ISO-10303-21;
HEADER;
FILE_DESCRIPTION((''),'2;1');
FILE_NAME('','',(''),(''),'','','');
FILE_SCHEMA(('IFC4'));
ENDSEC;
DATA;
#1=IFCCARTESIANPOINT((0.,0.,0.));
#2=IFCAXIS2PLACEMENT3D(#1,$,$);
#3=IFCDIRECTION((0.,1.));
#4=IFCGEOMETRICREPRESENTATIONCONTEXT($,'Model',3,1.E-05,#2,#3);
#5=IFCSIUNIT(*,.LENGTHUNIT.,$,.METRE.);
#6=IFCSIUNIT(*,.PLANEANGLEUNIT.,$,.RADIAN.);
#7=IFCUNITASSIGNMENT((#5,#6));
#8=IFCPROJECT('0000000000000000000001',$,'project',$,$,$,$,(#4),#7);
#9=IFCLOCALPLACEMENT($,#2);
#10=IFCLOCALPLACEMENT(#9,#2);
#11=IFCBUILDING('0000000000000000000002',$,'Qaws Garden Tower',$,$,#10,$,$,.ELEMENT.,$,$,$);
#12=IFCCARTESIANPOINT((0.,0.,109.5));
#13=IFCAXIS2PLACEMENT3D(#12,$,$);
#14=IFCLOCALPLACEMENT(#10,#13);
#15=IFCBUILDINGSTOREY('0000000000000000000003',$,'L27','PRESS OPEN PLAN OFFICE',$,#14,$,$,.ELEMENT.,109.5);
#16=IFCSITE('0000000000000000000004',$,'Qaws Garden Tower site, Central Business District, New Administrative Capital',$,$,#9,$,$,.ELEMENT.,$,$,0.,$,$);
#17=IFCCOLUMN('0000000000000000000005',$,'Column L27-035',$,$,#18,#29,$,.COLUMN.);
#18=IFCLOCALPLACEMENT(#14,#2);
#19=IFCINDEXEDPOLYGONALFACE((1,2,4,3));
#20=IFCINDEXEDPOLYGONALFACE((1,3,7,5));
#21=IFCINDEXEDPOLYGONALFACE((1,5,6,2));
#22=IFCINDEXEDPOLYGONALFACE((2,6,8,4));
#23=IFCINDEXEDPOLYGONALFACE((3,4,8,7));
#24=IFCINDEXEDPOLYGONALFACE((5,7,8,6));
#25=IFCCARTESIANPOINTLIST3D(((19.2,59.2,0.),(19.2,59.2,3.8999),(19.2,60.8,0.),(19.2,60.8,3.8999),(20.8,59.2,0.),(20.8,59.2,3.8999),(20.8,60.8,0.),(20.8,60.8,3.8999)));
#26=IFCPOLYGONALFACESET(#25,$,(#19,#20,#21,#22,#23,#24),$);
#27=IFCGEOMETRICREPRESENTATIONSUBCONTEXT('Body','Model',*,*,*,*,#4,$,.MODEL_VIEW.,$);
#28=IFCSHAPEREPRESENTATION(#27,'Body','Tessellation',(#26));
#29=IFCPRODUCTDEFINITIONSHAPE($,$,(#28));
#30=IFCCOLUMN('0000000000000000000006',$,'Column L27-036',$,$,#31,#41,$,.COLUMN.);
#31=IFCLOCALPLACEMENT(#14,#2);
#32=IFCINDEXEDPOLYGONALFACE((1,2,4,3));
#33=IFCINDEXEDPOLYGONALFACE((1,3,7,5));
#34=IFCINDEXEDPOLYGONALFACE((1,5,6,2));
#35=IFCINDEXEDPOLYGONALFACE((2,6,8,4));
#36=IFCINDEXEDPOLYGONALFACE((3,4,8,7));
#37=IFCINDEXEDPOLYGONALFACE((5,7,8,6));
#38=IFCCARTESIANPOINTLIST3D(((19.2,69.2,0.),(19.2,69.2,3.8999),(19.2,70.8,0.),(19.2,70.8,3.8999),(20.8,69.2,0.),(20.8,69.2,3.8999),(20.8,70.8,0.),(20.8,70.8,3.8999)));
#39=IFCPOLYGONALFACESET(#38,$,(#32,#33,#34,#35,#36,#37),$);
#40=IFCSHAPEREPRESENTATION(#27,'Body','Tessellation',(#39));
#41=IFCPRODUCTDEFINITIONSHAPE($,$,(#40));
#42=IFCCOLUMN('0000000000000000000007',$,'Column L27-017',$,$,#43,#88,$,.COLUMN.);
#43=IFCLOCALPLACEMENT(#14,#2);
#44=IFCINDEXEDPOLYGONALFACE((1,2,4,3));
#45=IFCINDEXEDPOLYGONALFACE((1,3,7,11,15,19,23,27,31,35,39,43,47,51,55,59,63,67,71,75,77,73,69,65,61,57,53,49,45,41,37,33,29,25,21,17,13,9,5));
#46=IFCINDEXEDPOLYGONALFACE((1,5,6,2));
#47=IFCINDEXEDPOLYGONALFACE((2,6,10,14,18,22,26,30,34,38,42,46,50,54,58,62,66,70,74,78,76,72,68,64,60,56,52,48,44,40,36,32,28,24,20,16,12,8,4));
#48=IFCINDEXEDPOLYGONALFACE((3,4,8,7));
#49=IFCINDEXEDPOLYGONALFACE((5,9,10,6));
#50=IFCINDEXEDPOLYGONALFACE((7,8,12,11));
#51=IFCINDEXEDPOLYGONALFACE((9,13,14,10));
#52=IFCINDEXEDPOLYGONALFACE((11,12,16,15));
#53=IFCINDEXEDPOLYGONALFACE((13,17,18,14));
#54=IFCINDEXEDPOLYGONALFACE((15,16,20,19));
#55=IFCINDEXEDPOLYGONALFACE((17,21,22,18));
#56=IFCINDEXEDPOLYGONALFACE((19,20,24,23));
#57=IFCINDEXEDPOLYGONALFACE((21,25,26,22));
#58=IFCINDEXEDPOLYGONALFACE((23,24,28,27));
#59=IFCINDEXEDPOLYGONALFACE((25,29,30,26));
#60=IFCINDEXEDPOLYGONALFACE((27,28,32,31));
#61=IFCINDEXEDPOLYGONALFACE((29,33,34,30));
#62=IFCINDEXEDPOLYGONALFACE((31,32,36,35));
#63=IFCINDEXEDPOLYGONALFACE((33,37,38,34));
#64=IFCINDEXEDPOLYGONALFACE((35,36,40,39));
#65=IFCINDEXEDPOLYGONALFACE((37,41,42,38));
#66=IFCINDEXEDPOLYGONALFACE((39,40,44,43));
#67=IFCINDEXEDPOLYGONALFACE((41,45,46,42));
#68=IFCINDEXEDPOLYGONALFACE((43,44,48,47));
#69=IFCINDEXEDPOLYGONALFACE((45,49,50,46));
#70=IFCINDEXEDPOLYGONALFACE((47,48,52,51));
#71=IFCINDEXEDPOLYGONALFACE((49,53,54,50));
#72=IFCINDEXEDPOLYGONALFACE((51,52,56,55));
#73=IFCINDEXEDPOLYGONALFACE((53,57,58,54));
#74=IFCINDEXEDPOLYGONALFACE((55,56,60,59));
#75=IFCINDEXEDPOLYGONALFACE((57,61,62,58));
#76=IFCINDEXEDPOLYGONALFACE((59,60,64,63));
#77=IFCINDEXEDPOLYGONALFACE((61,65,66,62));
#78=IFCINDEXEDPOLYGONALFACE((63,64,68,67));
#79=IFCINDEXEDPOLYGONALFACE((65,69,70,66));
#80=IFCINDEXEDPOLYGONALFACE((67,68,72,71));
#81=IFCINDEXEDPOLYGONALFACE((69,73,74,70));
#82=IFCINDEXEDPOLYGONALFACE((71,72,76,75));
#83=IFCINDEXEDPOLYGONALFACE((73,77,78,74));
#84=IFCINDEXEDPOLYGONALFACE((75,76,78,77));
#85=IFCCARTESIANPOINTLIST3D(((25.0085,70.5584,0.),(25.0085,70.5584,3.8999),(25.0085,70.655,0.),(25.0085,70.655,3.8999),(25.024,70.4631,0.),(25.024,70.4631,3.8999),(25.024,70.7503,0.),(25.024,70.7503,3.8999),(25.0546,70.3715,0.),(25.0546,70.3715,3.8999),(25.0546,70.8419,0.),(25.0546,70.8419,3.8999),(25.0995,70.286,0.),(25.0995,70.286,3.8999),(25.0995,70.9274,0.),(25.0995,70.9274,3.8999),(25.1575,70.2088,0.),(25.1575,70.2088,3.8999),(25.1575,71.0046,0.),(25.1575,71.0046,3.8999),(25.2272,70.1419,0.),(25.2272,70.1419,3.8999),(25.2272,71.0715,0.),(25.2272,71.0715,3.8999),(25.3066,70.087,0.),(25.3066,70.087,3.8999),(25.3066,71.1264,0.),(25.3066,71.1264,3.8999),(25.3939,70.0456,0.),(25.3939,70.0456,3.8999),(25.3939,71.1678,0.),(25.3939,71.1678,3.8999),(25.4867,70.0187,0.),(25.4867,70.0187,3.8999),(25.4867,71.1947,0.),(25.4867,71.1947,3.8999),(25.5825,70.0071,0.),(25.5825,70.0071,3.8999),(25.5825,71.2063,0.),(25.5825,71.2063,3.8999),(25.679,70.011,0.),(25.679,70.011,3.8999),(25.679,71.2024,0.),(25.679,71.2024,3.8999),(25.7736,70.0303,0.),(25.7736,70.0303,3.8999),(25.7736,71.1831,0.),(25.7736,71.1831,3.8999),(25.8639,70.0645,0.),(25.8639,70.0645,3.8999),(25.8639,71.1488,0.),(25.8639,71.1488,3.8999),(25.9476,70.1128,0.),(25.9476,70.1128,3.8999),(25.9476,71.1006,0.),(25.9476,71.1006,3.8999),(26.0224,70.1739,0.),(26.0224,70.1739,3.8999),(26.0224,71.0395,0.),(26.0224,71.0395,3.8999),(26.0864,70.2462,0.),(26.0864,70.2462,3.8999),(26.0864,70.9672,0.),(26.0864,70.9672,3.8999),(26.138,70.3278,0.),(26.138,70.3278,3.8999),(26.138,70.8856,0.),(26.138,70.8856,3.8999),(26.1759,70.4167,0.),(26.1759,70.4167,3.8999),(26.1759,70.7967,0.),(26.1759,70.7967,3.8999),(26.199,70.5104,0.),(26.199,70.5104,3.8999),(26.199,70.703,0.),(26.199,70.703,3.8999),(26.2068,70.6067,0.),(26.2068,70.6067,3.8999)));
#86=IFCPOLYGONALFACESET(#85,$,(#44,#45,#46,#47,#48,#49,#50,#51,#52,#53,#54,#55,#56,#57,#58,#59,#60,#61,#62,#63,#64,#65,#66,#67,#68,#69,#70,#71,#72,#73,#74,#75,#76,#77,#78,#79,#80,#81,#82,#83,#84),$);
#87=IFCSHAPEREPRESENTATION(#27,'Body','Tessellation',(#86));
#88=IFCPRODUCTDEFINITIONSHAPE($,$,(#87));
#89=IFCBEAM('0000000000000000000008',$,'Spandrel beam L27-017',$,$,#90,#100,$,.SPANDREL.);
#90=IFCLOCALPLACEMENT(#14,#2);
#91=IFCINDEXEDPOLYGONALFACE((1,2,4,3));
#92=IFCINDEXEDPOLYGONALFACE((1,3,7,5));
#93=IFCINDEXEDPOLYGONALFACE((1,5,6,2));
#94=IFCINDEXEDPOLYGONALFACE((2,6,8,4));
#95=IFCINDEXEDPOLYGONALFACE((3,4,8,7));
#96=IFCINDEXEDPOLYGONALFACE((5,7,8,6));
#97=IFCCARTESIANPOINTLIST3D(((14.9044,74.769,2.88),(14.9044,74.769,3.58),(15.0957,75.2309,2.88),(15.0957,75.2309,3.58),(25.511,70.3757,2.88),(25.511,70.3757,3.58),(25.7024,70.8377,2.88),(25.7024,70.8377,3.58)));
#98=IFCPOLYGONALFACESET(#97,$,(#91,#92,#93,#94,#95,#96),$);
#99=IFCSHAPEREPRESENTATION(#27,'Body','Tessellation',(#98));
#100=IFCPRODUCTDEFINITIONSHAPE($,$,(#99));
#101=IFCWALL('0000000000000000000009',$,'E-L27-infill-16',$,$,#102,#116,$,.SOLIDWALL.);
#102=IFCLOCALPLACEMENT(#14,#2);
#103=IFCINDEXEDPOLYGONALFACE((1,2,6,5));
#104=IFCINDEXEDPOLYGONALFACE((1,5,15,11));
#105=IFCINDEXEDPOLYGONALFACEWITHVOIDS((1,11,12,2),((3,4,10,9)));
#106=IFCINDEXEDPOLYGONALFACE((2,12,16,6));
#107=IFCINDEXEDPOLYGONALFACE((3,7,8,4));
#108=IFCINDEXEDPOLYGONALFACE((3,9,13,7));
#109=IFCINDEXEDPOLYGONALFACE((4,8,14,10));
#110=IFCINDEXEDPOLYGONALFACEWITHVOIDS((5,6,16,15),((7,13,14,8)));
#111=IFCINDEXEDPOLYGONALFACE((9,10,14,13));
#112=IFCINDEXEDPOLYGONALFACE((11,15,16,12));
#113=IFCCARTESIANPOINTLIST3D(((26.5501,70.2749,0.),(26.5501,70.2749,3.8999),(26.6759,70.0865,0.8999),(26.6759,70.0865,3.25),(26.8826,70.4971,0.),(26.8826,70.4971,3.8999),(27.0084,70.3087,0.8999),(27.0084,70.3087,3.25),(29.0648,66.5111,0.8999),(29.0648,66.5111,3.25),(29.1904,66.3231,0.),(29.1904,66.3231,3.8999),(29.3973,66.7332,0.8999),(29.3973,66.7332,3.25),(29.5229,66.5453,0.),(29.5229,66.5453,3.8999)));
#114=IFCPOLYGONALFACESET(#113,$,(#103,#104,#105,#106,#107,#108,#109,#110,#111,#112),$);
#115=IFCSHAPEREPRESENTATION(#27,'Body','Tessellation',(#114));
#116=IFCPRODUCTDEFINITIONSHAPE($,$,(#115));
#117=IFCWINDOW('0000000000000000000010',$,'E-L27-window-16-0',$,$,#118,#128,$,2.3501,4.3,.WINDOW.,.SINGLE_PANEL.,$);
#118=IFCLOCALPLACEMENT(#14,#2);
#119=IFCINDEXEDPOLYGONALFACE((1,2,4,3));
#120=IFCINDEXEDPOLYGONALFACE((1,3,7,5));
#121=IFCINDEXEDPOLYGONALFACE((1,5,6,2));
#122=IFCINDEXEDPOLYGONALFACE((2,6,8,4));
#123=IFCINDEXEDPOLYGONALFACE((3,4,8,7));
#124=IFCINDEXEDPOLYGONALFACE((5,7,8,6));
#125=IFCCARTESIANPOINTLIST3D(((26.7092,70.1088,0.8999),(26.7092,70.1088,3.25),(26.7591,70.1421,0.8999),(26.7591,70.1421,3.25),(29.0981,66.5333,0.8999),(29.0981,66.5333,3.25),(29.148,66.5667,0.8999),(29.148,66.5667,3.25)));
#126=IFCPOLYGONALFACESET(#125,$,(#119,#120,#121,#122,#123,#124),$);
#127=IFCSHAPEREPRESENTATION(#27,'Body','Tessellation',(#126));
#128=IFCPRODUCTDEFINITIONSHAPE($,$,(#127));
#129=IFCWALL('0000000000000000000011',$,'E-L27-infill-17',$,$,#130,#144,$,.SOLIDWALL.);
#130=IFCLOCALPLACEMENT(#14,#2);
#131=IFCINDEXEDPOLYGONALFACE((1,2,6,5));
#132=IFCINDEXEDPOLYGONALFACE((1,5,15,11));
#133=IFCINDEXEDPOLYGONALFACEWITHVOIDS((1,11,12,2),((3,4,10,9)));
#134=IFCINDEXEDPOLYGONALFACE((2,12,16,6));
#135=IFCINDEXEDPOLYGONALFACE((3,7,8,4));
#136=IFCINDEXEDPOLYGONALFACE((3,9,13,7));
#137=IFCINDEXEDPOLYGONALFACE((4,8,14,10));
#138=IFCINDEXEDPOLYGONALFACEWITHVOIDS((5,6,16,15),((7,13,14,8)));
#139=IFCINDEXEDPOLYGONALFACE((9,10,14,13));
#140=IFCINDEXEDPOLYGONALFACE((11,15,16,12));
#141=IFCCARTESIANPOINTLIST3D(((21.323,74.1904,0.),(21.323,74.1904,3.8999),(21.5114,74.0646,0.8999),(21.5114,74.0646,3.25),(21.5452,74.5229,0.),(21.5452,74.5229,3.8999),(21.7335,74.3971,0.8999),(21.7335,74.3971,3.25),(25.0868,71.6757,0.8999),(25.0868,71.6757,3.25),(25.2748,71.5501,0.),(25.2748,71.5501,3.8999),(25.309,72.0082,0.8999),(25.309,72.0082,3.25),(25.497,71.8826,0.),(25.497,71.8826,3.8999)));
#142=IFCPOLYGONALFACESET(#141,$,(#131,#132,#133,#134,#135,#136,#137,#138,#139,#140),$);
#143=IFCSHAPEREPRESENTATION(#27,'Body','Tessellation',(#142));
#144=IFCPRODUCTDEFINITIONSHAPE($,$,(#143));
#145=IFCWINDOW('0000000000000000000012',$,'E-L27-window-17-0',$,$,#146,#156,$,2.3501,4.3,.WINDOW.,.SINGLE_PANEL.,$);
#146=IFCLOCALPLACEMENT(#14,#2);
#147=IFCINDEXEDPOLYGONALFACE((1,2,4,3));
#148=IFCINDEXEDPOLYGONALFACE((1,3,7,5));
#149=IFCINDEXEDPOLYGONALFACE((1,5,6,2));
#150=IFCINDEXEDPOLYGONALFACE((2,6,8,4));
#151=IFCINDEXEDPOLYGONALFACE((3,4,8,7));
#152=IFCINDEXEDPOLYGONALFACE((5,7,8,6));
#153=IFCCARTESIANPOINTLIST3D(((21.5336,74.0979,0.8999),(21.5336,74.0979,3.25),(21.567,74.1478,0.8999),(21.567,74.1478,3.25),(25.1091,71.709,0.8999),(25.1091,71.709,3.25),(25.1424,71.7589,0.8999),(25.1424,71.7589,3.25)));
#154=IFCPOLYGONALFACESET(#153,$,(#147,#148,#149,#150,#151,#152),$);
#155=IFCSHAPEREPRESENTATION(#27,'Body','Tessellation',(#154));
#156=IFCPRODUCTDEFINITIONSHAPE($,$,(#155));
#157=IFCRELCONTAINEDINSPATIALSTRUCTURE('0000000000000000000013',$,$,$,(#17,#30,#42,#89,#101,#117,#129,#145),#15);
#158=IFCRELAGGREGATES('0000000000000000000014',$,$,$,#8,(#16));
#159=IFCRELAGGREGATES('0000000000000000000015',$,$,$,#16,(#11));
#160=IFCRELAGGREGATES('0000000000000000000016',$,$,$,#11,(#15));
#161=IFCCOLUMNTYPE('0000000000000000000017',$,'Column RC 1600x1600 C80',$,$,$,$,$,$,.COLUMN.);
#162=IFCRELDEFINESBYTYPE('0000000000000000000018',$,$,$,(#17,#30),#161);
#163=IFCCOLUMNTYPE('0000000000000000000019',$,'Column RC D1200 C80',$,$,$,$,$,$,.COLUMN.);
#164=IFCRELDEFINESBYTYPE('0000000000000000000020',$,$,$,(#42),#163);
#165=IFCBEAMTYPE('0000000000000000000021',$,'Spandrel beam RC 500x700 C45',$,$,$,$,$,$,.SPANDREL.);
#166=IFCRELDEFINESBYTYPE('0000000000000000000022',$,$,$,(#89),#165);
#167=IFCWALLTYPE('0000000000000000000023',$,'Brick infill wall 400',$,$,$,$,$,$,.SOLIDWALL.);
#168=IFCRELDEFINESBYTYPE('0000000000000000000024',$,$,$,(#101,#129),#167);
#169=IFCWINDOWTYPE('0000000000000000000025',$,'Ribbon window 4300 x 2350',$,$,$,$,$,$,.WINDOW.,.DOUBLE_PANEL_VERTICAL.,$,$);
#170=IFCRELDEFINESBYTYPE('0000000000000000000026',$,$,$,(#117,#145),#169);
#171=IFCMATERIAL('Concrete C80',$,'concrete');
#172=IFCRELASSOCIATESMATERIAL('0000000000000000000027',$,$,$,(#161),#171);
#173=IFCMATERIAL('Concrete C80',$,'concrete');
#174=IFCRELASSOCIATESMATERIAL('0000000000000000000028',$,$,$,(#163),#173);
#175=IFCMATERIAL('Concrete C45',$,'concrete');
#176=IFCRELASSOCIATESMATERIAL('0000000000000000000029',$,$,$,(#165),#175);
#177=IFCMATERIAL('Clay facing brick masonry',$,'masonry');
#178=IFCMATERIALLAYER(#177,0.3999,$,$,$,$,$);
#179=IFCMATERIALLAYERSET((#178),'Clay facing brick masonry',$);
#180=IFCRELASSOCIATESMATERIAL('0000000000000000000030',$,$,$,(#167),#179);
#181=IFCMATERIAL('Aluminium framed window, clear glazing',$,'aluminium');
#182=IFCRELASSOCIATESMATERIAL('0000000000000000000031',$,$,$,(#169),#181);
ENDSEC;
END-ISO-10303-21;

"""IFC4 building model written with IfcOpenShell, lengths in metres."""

from ifc_helpers import new_model, si_unit, direction, frame, frame_2d, origin, origin_2d, place, context, subcontext, project, spatial, rectangle, circle, extrude, material, layer, layer_set, material_profile, profile_set, type_object, element, fill, save


model = new_model("IFC4")

# Units and contexts
model_context = context("Model", 3, precision=1e-05, world=origin(), true_north=direction((0.0, 1.0)))
body_context = subcontext(model_context, "Body", "Model", "MODEL_VIEW")
ifc_project = project(units=[si_unit("LENGTHUNIT", "METRE"), si_unit("PLANEANGLEUNIT", "RADIAN")], contexts=[model_context])

# Site, building, storey
site_placement = place(None, origin())
site = spatial("IfcSite", under=ifc_project, at=site_placement, Name="Qaws Garden Tower site, Central Business District, New Administrative Capital", CompositionType="ELEMENT", RefElevation=0.0)
building_placement = place(site_placement, origin())
building = spatial("IfcBuilding", under=site, at=building_placement, Name="Qaws Garden Tower", CompositionType="ELEMENT")
storey_placement = place(building_placement, frame((0.0, 0.0, 109.5)))
storey = spatial("IfcBuildingStorey", under=building, at=storey_placement, Name="L27", Description="PRESS OPEN PLAN OFFICE", CompositionType="ELEMENT", Elevation=109.5)

# Columns
ifc_material_1 = material(Name="Concrete C80", Category="concrete")
ifc_material_profile_1 = material_profile(ifc_material_1, rectangle(XDim=1.6001, YDim=1.6001, at=origin_2d()), Name="RC 1600x1600")
ifc_profile_set_1 = profile_set([ifc_material_profile_1], Name="Concrete C80")
column_type_1 = type_object("IfcColumnType", Name="Column RC 1600x1600 C80", PredefinedType="COLUMN", material=ifc_profile_set_1)
for number, where, z_axis, x_axis, name in (
    (1, (20.0, 60.0, 0.0), (0.0, 0.0, 1.0), (1.0, 0.0, 0.0), "Column L27-035"),
    (2, (20.0, 70.0, 0.0), (0.0, 0.0, 1.0), (1.0, 0.0, 0.0), "Column L27-036"),
):
    element("IfcColumn", number, at=place(storey_placement, frame(where, z_axis=z_axis, x_axis=x_axis)), inside=storey, type_object=column_type_1, Name=name, PredefinedType="COLUMN", context=body_context, shape_type="SweptSolid", body=[
        extrude(rectangle(XDim=1.6001, YDim=1.6001, at=origin_2d()), origin(), (0.0, 0.0, 1.0), 3.8999),
    ])
ifc_material_2 = material(Name="Concrete C80", Category="concrete")
ifc_material_profile_2 = material_profile(ifc_material_2, circle(Radius=0.6001, at=origin_2d()), Name="RC D1200")
ifc_profile_set_2 = profile_set([ifc_material_profile_2], Name="Concrete C80")
column_type_2 = type_object("IfcColumnType", Name="Column RC D1200 C80", PredefinedType="COLUMN", material=ifc_profile_set_2)
column_placement = place(storey_placement, frame((25.6067, 70.6067, 0.0), z_axis=(0.0, 0.0, 1.0), x_axis=(1.0, 0.0, 0.0)))
element("IfcColumn", 3, at=column_placement, inside=storey, type_object=column_type_2, Name="Column L27-017", PredefinedType="COLUMN", context=body_context, shape_type="SweptSolid", body=[
    extrude(circle(Radius=0.6001, at=origin_2d()), origin(), (0.0, 0.0, 1.0), 3.8999),
])

# Beam
ifc_material_3 = material(Name="Concrete C45", Category="concrete")
ifc_material_profile_3 = material_profile(ifc_material_3, rectangle(XDim=0.5, YDim=0.7, at=origin_2d()), Name="RC 500x700")
ifc_profile_set_3 = profile_set([ifc_material_profile_3], Name="Concrete C45")
beam_type = type_object("IfcBeamType", Name="Spandrel beam RC 500x700 C45", PredefinedType="SPANDREL", material=ifc_profile_set_3)
beam_placement = place(storey_placement, frame((25.6067, 70.6067, 3.23), z_axis=(-0.923883, 0.382674, 0.0), x_axis=(-0.382674, -0.923883, 0.0)))
element("IfcBeam", 4, at=beam_placement, inside=storey, type_object=beam_type, Name="Spandrel beam L27-017", PredefinedType="SPANDREL", context=body_context, shape_type="SweptSolid", body=[
    extrude(rectangle(XDim=0.5, YDim=0.7, at=origin_2d()), origin(), (0.0, 0.0, 1.0), 11.4805),
])

# Walls, openings, windows
ifc_material_4 = material(Name="Clay facing brick masonry", Category="masonry")
ifc_layer_1 = layer(ifc_material_4, 0.3999)
ifc_layer_set_1 = layer_set([ifc_layer_1], Name="Clay facing brick masonry")
wall_type_1 = type_object("IfcWallType", Name="Brick infill wall 400", PredefinedType="SOLIDWALL", material=ifc_layer_set_1)
wall_1_placement = place(storey_placement, frame((29.3567, 66.4341, 0.0), z_axis=(0.0, 0.0, 1.0), x_axis=(-0.555542, 0.831489, 0.0)))
wall_1 = element("IfcWall", 5, at=wall_1_placement, inside=storey, type_object=wall_type_1, Name="E-L27-infill-16", PredefinedType="SOLIDWALL", context=body_context, shape_type="SweptSolid", body=[
    extrude(rectangle(XDim=4.7527, YDim=0.3999, at=frame_2d((2.3765, 0.0))), origin(), (0.0, 0.0, 1.0), 3.8999),
])
opening_1_placement = place(wall_1_placement, frame((0.2263, 0.0, 0.8999)))
opening_1 = element("IfcOpeningElement", 6, at=opening_1_placement, cuts=wall_1, PredefinedType="OPENING", context=body_context, shape_type="SweptSolid", body=[
    extrude(rectangle(XDim=4.3, YDim=2.3501, at=frame_2d((2.1499, 1.175))), frame((0.0, 0.21, 0.0), z_axis=(0.0, -1.0, 0.0), x_axis=(1.0, 0.0, 0.0)), (0.0, 0.0, 1.0), 0.4199),
])
ifc_material_5 = material(Name="Aluminium framed window, clear glazing", Category="aluminium")
window_type = type_object("IfcWindowType", Name="Ribbon window 4300 x 2350", PartitioningType="DOUBLE_PANEL_VERTICAL", PredefinedType="WINDOW", material=ifc_material_5)
window_1_placement = place(opening_1_placement, origin())
window_1 = element("IfcWindow", 7, at=window_1_placement, inside=storey, type_object=window_type, Name="E-L27-window-16-0", OverallHeight=2.3501, OverallWidth=4.3, PartitioningType="SINGLE_PANEL", PredefinedType="WINDOW", context=body_context, shape_type="SweptSolid", body=[
    extrude(rectangle(XDim=4.3, YDim=2.3501, at=frame_2d((2.1499, 1.175))), frame((0.0, 0.1599, 0.0), z_axis=(0.0, -1.0, 0.0), x_axis=(1.0, 0.0, 0.0)), (0.0, 0.0, 1.0), 0.0601),
])
fill(opening_1, window_1)
wall_2_placement = place(storey_placement, frame((25.386, 71.7163, 0.0), z_axis=(0.0, 0.0, 1.0), x_axis=(-0.831489, 0.555542, 0.0)))
wall_2 = element("IfcWall", 8, at=wall_2_placement, inside=storey, type_object=wall_type_1, Name="E-L27-infill-17", PredefinedType="SOLIDWALL", context=body_context, shape_type="SweptSolid", body=[
    extrude(rectangle(XDim=4.7527, YDim=0.3999, at=frame_2d((2.3765, 0.0))), origin(), (0.0, 0.0, 1.0), 3.8999),
])
opening_2_placement = place(wall_2_placement, frame((0.2263, 0.0, 0.8999)))
opening_2 = element("IfcOpeningElement", 9, at=opening_2_placement, cuts=wall_2, PredefinedType="OPENING", context=body_context, shape_type="SweptSolid", body=[
    extrude(rectangle(XDim=4.3, YDim=2.3501, at=frame_2d((2.1499, 1.175))), frame((0.0, 0.21, 0.0), z_axis=(0.0, -1.0, 0.0), x_axis=(1.0, 0.0, 0.0)), (0.0, 0.0, 1.0), 0.4199),
])
window_2_placement = place(opening_2_placement, origin())
window_2 = element("IfcWindow", 10, at=window_2_placement, inside=storey, type_object=window_type, Name="E-L27-window-17-0", OverallHeight=2.3501, OverallWidth=4.3, PartitioningType="SINGLE_PANEL", PredefinedType="WINDOW", context=body_context, shape_type="SweptSolid", body=[
    extrude(rectangle(XDim=4.3, YDim=2.3501, at=frame_2d((2.1499, 1.175))), frame((0.0, 0.1599, 0.0), z_axis=(0.0, -1.0, 0.0), x_axis=(1.0, 0.0, 0.0)), (0.0, 0.0, 1.0), 0.0601),
])
fill(opening_2, window_2)

save(model, "model.ifc")
